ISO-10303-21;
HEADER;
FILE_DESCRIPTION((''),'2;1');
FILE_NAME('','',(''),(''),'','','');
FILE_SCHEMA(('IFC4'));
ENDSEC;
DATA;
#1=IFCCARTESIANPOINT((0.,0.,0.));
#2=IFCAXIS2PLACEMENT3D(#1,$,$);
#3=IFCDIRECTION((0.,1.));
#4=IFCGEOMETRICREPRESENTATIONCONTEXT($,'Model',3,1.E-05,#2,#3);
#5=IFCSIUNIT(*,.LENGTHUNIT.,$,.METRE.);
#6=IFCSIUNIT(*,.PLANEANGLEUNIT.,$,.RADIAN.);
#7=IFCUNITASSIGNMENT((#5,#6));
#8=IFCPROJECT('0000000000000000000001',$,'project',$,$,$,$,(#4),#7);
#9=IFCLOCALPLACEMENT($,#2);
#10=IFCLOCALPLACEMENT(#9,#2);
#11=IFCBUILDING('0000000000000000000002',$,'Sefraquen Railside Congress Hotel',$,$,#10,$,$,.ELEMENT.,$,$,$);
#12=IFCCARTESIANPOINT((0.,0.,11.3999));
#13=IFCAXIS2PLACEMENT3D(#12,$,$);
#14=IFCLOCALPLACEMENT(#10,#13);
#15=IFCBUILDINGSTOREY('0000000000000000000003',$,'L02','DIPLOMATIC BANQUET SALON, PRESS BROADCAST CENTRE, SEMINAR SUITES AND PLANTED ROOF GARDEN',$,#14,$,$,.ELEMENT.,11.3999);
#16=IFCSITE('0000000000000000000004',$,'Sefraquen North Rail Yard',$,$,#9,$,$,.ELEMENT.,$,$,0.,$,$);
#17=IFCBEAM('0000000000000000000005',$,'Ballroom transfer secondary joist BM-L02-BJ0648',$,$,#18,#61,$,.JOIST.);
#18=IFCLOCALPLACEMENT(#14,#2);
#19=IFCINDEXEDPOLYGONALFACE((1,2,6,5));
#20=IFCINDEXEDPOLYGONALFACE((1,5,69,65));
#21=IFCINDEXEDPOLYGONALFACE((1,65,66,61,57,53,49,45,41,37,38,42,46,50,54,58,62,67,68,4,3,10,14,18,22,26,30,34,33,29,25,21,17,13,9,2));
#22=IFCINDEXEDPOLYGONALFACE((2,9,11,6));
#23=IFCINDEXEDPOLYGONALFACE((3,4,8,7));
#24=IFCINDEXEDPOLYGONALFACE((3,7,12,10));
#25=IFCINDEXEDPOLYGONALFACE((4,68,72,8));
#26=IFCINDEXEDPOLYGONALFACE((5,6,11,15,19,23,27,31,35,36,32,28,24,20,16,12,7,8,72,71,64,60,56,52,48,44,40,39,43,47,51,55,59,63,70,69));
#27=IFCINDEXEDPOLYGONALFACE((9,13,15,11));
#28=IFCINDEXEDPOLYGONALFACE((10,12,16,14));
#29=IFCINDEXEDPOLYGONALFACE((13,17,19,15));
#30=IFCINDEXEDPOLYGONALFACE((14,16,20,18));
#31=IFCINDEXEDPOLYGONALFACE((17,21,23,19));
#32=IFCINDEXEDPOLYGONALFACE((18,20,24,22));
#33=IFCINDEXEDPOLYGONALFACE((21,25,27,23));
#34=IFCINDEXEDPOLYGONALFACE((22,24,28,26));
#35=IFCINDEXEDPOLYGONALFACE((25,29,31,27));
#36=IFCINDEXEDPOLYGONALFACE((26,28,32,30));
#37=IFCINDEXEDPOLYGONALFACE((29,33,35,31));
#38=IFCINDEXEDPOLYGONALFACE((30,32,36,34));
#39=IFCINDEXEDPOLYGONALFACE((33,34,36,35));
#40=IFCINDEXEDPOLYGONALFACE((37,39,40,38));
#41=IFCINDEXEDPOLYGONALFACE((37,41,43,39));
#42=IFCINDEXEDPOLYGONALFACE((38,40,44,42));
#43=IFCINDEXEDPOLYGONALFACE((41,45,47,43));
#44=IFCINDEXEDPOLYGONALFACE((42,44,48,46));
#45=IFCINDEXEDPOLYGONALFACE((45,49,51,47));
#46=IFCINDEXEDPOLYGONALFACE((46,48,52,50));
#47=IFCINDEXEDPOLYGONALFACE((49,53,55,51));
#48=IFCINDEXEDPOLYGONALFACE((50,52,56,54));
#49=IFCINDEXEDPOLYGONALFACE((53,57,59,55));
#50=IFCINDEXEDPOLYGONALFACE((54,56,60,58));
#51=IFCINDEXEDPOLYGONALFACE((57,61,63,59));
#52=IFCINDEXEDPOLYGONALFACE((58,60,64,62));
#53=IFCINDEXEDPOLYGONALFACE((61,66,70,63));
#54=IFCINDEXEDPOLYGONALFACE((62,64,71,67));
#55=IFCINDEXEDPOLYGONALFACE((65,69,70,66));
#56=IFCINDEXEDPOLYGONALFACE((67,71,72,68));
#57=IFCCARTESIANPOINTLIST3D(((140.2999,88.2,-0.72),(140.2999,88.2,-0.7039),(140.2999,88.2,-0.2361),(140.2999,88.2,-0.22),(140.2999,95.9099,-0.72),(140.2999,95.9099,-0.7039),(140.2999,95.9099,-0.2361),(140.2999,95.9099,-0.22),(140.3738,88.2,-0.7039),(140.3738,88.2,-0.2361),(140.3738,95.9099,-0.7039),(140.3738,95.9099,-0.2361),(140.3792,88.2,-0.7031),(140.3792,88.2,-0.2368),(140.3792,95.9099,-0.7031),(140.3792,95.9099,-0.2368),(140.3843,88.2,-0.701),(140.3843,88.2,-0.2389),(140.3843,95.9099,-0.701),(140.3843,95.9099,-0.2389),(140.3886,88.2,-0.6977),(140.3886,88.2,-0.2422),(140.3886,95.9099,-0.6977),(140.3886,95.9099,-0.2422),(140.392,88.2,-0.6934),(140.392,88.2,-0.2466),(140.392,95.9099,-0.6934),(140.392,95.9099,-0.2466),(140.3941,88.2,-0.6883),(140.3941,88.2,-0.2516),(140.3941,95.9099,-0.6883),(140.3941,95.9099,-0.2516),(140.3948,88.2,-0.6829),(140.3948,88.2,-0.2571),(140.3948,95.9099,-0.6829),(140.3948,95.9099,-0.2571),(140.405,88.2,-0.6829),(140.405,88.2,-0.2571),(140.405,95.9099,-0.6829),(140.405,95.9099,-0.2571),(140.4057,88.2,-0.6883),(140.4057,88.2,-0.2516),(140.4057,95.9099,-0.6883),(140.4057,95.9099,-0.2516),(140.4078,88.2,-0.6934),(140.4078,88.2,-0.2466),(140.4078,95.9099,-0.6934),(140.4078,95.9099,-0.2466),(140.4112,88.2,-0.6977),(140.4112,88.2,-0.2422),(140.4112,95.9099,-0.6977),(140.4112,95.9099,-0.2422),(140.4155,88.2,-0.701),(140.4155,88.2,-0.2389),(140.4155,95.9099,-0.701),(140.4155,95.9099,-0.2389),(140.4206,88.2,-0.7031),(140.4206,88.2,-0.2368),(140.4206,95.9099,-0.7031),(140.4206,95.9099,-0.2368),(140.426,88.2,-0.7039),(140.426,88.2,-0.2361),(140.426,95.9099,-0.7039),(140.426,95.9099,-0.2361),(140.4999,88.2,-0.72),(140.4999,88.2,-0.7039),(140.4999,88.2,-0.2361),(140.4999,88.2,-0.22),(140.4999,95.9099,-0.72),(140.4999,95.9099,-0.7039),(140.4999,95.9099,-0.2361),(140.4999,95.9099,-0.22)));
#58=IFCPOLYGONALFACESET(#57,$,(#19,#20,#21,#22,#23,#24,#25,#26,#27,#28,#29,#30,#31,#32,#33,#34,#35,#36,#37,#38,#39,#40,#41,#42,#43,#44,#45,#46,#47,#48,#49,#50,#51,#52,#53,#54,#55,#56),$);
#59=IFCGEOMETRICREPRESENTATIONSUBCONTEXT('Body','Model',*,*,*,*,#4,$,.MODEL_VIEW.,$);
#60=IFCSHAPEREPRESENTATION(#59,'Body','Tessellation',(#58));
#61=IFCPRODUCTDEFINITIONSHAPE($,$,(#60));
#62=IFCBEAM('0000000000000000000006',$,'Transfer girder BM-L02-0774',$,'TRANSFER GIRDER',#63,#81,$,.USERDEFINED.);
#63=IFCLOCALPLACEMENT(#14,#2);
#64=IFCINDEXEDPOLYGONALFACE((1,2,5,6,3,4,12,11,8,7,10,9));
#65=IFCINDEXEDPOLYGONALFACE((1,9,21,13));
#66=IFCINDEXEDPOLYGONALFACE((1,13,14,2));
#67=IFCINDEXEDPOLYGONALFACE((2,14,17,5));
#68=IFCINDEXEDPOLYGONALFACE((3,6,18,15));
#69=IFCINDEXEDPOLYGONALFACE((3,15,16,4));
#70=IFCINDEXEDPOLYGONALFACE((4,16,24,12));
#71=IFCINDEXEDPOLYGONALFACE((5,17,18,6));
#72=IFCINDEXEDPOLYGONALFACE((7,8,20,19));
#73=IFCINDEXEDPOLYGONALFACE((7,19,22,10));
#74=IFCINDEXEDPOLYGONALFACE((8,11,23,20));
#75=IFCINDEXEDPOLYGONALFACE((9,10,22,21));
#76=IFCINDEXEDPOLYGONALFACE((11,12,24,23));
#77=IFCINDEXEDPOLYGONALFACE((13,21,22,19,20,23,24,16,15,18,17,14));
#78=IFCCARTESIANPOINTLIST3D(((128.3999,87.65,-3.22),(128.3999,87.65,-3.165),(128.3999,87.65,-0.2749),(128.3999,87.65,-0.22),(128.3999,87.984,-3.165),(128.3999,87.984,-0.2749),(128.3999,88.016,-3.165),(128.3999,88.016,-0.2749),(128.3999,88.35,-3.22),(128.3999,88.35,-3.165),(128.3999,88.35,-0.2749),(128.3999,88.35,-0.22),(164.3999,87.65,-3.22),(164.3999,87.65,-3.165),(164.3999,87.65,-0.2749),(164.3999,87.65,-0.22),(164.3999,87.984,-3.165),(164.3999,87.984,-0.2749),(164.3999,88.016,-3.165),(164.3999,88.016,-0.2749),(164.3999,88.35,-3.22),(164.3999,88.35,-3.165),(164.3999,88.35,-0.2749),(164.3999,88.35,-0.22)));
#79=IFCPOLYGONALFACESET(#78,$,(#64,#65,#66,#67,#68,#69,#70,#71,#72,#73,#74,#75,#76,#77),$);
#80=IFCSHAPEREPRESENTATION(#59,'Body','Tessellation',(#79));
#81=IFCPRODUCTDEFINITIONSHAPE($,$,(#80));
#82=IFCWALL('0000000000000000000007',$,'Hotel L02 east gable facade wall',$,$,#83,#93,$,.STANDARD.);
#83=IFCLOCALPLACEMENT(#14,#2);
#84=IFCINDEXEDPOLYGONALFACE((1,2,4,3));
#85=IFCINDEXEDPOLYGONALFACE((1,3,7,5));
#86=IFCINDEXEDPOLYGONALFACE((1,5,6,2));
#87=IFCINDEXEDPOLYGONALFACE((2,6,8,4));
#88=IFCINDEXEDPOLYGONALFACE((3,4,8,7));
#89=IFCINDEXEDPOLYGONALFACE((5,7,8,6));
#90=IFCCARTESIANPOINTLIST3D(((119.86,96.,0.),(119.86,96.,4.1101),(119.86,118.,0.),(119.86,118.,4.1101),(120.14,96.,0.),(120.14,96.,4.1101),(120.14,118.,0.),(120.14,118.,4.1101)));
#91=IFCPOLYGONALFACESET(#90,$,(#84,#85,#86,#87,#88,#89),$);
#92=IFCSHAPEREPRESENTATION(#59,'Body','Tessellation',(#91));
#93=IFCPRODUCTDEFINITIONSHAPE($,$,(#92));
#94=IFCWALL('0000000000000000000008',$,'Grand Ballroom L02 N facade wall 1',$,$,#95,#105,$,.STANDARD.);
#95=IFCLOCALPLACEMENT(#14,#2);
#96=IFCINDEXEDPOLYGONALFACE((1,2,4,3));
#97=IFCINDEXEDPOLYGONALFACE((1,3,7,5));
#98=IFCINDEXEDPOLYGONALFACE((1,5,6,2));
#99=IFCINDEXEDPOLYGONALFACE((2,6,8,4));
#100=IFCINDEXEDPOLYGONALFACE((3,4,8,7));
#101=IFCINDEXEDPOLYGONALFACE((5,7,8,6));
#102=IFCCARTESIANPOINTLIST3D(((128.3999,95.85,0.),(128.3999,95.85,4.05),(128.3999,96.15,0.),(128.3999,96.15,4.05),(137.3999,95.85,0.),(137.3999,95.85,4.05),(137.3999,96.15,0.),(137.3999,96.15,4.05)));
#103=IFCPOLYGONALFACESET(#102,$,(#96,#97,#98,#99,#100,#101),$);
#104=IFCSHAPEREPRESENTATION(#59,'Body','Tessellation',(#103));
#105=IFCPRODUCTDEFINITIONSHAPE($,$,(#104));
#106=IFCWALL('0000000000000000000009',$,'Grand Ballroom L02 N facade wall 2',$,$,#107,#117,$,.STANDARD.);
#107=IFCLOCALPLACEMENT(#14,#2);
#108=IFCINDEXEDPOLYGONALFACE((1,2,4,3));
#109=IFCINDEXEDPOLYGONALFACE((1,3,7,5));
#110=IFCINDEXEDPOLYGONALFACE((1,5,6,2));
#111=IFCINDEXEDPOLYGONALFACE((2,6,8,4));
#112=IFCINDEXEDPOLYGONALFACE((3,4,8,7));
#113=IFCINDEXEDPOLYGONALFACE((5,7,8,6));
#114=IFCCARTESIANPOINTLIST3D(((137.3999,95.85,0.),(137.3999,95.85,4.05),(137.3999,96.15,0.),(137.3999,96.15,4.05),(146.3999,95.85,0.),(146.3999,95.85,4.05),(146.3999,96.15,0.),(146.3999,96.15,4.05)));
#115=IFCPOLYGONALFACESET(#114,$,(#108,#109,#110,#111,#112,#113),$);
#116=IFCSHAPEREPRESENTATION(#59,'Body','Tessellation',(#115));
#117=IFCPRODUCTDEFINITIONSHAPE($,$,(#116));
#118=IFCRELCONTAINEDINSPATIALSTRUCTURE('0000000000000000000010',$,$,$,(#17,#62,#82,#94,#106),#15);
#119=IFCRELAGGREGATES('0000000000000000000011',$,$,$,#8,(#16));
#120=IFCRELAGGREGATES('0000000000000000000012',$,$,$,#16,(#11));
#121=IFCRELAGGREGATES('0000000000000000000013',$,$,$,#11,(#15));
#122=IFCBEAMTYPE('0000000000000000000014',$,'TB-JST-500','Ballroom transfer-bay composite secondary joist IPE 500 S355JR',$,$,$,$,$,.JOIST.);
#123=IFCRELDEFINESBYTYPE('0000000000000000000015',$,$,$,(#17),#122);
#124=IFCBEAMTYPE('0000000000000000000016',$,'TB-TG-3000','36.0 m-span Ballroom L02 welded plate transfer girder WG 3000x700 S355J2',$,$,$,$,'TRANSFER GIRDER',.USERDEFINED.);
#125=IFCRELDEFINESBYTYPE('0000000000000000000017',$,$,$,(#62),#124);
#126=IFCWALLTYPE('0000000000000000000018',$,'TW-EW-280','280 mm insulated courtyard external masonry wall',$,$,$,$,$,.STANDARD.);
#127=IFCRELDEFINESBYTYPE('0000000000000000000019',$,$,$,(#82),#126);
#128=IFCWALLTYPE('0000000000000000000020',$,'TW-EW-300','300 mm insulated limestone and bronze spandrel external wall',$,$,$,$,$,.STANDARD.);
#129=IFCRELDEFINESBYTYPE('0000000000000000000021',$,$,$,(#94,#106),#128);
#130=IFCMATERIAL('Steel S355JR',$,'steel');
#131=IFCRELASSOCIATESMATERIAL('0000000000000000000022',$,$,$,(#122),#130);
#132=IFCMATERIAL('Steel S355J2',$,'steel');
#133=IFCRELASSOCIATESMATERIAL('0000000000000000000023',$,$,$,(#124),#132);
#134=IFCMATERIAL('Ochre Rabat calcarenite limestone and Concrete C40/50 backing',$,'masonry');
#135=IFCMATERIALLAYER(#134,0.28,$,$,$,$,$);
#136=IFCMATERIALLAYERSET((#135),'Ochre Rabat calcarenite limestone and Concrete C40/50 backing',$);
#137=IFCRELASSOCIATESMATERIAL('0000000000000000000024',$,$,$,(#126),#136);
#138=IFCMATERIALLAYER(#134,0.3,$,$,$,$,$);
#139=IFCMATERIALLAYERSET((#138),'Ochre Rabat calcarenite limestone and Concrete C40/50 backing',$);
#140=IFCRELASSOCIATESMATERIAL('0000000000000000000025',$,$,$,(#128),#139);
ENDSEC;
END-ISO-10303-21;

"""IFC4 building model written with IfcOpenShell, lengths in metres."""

from ifc_helpers import new_model, si_unit, direction, frame, frame_2d, origin, origin_2d, place, context, subcontext, project, spatial, rectangle, i_section, extrude, material, layer, layer_set, material_profile, profile_set, type_object, element, save


model = new_model("IFC4")

# Units and contexts
model_context = context("Model", 3, precision=1e-05, world=origin(), true_north=direction((0.0, 1.0)))
body_context = subcontext(model_context, "Body", "Model", "MODEL_VIEW")
ifc_project = project(units=[si_unit("LENGTHUNIT", "METRE"), si_unit("PLANEANGLEUNIT", "RADIAN")], contexts=[model_context])

# Site, building, storey
site_placement = place(None, origin())
site = spatial("IfcSite", under=ifc_project, at=site_placement, Name="Sefraquen North Rail Yard", CompositionType="ELEMENT", RefElevation=0.0)
building_placement = place(site_placement, origin())
building = spatial("IfcBuilding", under=site, at=building_placement, Name="Sefraquen Railside Congress Hotel", CompositionType="ELEMENT")
storey_placement = place(building_placement, frame((0.0, 0.0, 11.3999)))
storey = spatial("IfcBuildingStorey", under=building, at=storey_placement, Name="L02", Description="DIPLOMATIC BANQUET SALON, PRESS BROADCAST CENTRE, SEMINAR SUITES AND PLANTED ROOF GARDEN", CompositionType="ELEMENT", Elevation=11.3999)

# Shared definitions
ifc_material_1 = material(Name="Steel S355JR", Category="steel")

# Beams
ifc_material_profile_1 = material_profile(ifc_material_1, i_section(OverallWidth=0.2, OverallDepth=0.5, WebThickness=0.0103, FlangeThickness=0.0161, FilletRadius=0.021, at=origin_2d()), Name="IPE 500")
ifc_profile_set_1 = profile_set([ifc_material_profile_1], Name="Steel S355JR")
beam_type_1 = type_object("IfcBeamType", Name="TB-JST-500", Description="Ballroom transfer-bay composite secondary joist IPE 500 S355JR", PredefinedType="JOIST", material=ifc_profile_set_1)
for number, where, z_axis, x_axis, name in (
    (1, (140.3999, 88.2, -0.47), (0.0, 1.0, 0.0), (-1.0, 0.0, 0.0), "Ballroom transfer secondary joist BM-L02-BJ0648"),
):
    element("IfcBeam", number, at=place(storey_placement, frame(where, z_axis=z_axis, x_axis=x_axis)), inside=storey, type_object=beam_type_1, Name=name, PredefinedType="JOIST", context=body_context, shape_type="SweptSolid", body=[
        extrude(i_section(OverallWidth=0.2, OverallDepth=0.5, WebThickness=0.0103, FlangeThickness=0.0161, FilletRadius=0.021, at=origin_2d()), origin(), (0.0, 0.0, 1.0), 7.71),
    ])
ifc_material_2 = material(Name="Steel S355J2", Category="steel")
ifc_material_profile_2 = material_profile(ifc_material_2, i_section(OverallWidth=0.7, OverallDepth=3.0, WebThickness=0.032, FlangeThickness=0.0549, at=origin_2d()), Name="WG 3000x700")
ifc_profile_set_2 = profile_set([ifc_material_profile_2], Name="Steel S355J2")
beam_type_2 = type_object("IfcBeamType", Name="TB-TG-3000", Description="36.0 m-span Ballroom L02 welded plate transfer girder WG 3000x700 S355J2", ElementType="TRANSFER GIRDER", PredefinedType="USERDEFINED", material=ifc_profile_set_2)
beam_1_placement = place(storey_placement, frame((128.3999, 88.0, -1.72), z_axis=(1.0, 0.0, 0.0), x_axis=(0.0, 1.0, 0.0)))
element("IfcBeam", 2, at=beam_1_placement, inside=storey, type_object=beam_type_2, Name="Transfer girder BM-L02-0774", ObjectType="TRANSFER GIRDER", PredefinedType="USERDEFINED", context=body_context, shape_type="SweptSolid", body=[
    extrude(i_section(OverallWidth=0.7, OverallDepth=3.0, WebThickness=0.032, FlangeThickness=0.0549, at=origin_2d()), origin(), (0.0, 0.0, 1.0), 36.0),
])

# Walls
ifc_material_3 = material(Name="Ochre Rabat calcarenite limestone and Concrete C40/50 backing", Category="masonry")
ifc_layer_1 = layer(ifc_material_3, 0.28)
ifc_layer_set_1 = layer_set([ifc_layer_1], Name="Ochre Rabat calcarenite limestone and Concrete C40/50 backing")
wall_type_1 = type_object("IfcWallType", Name="TW-EW-280", Description="280 mm insulated courtyard external masonry wall", PredefinedType="STANDARD", material=ifc_layer_set_1)
wall_placement = place(storey_placement, frame((120.0, 96.0, 0.0), z_axis=(0.0, 0.0, 1.0), x_axis=(0.0, 1.0, 0.0)))
element("IfcWall", 3, at=wall_placement, inside=storey, type_object=wall_type_1, Name="Hotel L02 east gable facade wall", PredefinedType="STANDARD", context=body_context, shape_type="SweptSolid", body=[
    extrude(rectangle(XDim=22.0, YDim=0.28, at=frame_2d((11.0, 0.0))), origin(), (0.0, 0.0, 1.0), 4.1101),
])
ifc_layer_2 = layer(ifc_material_3, 0.3)
ifc_layer_set_2 = layer_set([ifc_layer_2], Name="Ochre Rabat calcarenite limestone and Concrete C40/50 backing")
wall_type_2 = type_object("IfcWallType", Name="TW-EW-300", Description="300 mm insulated limestone and bronze spandrel external wall", PredefinedType="STANDARD", material=ifc_layer_set_2)
for number, where, z_axis, x_axis, name in (
    (4, (128.3999, 96.0, 0.0), (0.0, 0.0, 1.0), (1.0, 0.0, 0.0), "Grand Ballroom L02 N facade wall 1"),
    (5, (137.3999, 96.0, 0.0), (0.0, 0.0, 1.0), (1.0, 0.0, 0.0), "Grand Ballroom L02 N facade wall 2"),
):
    element("IfcWall", number, at=place(storey_placement, frame(where, z_axis=z_axis, x_axis=x_axis)), inside=storey, type_object=wall_type_2, Name=name, PredefinedType="STANDARD", context=body_context, shape_type="SweptSolid", body=[
        extrude(rectangle(XDim=9.0, YDim=0.3, at=frame_2d((4.5, 0.0))), origin(), (0.0, 0.0, 1.0), 4.05),
    ])

save(model, "model.ifc")
